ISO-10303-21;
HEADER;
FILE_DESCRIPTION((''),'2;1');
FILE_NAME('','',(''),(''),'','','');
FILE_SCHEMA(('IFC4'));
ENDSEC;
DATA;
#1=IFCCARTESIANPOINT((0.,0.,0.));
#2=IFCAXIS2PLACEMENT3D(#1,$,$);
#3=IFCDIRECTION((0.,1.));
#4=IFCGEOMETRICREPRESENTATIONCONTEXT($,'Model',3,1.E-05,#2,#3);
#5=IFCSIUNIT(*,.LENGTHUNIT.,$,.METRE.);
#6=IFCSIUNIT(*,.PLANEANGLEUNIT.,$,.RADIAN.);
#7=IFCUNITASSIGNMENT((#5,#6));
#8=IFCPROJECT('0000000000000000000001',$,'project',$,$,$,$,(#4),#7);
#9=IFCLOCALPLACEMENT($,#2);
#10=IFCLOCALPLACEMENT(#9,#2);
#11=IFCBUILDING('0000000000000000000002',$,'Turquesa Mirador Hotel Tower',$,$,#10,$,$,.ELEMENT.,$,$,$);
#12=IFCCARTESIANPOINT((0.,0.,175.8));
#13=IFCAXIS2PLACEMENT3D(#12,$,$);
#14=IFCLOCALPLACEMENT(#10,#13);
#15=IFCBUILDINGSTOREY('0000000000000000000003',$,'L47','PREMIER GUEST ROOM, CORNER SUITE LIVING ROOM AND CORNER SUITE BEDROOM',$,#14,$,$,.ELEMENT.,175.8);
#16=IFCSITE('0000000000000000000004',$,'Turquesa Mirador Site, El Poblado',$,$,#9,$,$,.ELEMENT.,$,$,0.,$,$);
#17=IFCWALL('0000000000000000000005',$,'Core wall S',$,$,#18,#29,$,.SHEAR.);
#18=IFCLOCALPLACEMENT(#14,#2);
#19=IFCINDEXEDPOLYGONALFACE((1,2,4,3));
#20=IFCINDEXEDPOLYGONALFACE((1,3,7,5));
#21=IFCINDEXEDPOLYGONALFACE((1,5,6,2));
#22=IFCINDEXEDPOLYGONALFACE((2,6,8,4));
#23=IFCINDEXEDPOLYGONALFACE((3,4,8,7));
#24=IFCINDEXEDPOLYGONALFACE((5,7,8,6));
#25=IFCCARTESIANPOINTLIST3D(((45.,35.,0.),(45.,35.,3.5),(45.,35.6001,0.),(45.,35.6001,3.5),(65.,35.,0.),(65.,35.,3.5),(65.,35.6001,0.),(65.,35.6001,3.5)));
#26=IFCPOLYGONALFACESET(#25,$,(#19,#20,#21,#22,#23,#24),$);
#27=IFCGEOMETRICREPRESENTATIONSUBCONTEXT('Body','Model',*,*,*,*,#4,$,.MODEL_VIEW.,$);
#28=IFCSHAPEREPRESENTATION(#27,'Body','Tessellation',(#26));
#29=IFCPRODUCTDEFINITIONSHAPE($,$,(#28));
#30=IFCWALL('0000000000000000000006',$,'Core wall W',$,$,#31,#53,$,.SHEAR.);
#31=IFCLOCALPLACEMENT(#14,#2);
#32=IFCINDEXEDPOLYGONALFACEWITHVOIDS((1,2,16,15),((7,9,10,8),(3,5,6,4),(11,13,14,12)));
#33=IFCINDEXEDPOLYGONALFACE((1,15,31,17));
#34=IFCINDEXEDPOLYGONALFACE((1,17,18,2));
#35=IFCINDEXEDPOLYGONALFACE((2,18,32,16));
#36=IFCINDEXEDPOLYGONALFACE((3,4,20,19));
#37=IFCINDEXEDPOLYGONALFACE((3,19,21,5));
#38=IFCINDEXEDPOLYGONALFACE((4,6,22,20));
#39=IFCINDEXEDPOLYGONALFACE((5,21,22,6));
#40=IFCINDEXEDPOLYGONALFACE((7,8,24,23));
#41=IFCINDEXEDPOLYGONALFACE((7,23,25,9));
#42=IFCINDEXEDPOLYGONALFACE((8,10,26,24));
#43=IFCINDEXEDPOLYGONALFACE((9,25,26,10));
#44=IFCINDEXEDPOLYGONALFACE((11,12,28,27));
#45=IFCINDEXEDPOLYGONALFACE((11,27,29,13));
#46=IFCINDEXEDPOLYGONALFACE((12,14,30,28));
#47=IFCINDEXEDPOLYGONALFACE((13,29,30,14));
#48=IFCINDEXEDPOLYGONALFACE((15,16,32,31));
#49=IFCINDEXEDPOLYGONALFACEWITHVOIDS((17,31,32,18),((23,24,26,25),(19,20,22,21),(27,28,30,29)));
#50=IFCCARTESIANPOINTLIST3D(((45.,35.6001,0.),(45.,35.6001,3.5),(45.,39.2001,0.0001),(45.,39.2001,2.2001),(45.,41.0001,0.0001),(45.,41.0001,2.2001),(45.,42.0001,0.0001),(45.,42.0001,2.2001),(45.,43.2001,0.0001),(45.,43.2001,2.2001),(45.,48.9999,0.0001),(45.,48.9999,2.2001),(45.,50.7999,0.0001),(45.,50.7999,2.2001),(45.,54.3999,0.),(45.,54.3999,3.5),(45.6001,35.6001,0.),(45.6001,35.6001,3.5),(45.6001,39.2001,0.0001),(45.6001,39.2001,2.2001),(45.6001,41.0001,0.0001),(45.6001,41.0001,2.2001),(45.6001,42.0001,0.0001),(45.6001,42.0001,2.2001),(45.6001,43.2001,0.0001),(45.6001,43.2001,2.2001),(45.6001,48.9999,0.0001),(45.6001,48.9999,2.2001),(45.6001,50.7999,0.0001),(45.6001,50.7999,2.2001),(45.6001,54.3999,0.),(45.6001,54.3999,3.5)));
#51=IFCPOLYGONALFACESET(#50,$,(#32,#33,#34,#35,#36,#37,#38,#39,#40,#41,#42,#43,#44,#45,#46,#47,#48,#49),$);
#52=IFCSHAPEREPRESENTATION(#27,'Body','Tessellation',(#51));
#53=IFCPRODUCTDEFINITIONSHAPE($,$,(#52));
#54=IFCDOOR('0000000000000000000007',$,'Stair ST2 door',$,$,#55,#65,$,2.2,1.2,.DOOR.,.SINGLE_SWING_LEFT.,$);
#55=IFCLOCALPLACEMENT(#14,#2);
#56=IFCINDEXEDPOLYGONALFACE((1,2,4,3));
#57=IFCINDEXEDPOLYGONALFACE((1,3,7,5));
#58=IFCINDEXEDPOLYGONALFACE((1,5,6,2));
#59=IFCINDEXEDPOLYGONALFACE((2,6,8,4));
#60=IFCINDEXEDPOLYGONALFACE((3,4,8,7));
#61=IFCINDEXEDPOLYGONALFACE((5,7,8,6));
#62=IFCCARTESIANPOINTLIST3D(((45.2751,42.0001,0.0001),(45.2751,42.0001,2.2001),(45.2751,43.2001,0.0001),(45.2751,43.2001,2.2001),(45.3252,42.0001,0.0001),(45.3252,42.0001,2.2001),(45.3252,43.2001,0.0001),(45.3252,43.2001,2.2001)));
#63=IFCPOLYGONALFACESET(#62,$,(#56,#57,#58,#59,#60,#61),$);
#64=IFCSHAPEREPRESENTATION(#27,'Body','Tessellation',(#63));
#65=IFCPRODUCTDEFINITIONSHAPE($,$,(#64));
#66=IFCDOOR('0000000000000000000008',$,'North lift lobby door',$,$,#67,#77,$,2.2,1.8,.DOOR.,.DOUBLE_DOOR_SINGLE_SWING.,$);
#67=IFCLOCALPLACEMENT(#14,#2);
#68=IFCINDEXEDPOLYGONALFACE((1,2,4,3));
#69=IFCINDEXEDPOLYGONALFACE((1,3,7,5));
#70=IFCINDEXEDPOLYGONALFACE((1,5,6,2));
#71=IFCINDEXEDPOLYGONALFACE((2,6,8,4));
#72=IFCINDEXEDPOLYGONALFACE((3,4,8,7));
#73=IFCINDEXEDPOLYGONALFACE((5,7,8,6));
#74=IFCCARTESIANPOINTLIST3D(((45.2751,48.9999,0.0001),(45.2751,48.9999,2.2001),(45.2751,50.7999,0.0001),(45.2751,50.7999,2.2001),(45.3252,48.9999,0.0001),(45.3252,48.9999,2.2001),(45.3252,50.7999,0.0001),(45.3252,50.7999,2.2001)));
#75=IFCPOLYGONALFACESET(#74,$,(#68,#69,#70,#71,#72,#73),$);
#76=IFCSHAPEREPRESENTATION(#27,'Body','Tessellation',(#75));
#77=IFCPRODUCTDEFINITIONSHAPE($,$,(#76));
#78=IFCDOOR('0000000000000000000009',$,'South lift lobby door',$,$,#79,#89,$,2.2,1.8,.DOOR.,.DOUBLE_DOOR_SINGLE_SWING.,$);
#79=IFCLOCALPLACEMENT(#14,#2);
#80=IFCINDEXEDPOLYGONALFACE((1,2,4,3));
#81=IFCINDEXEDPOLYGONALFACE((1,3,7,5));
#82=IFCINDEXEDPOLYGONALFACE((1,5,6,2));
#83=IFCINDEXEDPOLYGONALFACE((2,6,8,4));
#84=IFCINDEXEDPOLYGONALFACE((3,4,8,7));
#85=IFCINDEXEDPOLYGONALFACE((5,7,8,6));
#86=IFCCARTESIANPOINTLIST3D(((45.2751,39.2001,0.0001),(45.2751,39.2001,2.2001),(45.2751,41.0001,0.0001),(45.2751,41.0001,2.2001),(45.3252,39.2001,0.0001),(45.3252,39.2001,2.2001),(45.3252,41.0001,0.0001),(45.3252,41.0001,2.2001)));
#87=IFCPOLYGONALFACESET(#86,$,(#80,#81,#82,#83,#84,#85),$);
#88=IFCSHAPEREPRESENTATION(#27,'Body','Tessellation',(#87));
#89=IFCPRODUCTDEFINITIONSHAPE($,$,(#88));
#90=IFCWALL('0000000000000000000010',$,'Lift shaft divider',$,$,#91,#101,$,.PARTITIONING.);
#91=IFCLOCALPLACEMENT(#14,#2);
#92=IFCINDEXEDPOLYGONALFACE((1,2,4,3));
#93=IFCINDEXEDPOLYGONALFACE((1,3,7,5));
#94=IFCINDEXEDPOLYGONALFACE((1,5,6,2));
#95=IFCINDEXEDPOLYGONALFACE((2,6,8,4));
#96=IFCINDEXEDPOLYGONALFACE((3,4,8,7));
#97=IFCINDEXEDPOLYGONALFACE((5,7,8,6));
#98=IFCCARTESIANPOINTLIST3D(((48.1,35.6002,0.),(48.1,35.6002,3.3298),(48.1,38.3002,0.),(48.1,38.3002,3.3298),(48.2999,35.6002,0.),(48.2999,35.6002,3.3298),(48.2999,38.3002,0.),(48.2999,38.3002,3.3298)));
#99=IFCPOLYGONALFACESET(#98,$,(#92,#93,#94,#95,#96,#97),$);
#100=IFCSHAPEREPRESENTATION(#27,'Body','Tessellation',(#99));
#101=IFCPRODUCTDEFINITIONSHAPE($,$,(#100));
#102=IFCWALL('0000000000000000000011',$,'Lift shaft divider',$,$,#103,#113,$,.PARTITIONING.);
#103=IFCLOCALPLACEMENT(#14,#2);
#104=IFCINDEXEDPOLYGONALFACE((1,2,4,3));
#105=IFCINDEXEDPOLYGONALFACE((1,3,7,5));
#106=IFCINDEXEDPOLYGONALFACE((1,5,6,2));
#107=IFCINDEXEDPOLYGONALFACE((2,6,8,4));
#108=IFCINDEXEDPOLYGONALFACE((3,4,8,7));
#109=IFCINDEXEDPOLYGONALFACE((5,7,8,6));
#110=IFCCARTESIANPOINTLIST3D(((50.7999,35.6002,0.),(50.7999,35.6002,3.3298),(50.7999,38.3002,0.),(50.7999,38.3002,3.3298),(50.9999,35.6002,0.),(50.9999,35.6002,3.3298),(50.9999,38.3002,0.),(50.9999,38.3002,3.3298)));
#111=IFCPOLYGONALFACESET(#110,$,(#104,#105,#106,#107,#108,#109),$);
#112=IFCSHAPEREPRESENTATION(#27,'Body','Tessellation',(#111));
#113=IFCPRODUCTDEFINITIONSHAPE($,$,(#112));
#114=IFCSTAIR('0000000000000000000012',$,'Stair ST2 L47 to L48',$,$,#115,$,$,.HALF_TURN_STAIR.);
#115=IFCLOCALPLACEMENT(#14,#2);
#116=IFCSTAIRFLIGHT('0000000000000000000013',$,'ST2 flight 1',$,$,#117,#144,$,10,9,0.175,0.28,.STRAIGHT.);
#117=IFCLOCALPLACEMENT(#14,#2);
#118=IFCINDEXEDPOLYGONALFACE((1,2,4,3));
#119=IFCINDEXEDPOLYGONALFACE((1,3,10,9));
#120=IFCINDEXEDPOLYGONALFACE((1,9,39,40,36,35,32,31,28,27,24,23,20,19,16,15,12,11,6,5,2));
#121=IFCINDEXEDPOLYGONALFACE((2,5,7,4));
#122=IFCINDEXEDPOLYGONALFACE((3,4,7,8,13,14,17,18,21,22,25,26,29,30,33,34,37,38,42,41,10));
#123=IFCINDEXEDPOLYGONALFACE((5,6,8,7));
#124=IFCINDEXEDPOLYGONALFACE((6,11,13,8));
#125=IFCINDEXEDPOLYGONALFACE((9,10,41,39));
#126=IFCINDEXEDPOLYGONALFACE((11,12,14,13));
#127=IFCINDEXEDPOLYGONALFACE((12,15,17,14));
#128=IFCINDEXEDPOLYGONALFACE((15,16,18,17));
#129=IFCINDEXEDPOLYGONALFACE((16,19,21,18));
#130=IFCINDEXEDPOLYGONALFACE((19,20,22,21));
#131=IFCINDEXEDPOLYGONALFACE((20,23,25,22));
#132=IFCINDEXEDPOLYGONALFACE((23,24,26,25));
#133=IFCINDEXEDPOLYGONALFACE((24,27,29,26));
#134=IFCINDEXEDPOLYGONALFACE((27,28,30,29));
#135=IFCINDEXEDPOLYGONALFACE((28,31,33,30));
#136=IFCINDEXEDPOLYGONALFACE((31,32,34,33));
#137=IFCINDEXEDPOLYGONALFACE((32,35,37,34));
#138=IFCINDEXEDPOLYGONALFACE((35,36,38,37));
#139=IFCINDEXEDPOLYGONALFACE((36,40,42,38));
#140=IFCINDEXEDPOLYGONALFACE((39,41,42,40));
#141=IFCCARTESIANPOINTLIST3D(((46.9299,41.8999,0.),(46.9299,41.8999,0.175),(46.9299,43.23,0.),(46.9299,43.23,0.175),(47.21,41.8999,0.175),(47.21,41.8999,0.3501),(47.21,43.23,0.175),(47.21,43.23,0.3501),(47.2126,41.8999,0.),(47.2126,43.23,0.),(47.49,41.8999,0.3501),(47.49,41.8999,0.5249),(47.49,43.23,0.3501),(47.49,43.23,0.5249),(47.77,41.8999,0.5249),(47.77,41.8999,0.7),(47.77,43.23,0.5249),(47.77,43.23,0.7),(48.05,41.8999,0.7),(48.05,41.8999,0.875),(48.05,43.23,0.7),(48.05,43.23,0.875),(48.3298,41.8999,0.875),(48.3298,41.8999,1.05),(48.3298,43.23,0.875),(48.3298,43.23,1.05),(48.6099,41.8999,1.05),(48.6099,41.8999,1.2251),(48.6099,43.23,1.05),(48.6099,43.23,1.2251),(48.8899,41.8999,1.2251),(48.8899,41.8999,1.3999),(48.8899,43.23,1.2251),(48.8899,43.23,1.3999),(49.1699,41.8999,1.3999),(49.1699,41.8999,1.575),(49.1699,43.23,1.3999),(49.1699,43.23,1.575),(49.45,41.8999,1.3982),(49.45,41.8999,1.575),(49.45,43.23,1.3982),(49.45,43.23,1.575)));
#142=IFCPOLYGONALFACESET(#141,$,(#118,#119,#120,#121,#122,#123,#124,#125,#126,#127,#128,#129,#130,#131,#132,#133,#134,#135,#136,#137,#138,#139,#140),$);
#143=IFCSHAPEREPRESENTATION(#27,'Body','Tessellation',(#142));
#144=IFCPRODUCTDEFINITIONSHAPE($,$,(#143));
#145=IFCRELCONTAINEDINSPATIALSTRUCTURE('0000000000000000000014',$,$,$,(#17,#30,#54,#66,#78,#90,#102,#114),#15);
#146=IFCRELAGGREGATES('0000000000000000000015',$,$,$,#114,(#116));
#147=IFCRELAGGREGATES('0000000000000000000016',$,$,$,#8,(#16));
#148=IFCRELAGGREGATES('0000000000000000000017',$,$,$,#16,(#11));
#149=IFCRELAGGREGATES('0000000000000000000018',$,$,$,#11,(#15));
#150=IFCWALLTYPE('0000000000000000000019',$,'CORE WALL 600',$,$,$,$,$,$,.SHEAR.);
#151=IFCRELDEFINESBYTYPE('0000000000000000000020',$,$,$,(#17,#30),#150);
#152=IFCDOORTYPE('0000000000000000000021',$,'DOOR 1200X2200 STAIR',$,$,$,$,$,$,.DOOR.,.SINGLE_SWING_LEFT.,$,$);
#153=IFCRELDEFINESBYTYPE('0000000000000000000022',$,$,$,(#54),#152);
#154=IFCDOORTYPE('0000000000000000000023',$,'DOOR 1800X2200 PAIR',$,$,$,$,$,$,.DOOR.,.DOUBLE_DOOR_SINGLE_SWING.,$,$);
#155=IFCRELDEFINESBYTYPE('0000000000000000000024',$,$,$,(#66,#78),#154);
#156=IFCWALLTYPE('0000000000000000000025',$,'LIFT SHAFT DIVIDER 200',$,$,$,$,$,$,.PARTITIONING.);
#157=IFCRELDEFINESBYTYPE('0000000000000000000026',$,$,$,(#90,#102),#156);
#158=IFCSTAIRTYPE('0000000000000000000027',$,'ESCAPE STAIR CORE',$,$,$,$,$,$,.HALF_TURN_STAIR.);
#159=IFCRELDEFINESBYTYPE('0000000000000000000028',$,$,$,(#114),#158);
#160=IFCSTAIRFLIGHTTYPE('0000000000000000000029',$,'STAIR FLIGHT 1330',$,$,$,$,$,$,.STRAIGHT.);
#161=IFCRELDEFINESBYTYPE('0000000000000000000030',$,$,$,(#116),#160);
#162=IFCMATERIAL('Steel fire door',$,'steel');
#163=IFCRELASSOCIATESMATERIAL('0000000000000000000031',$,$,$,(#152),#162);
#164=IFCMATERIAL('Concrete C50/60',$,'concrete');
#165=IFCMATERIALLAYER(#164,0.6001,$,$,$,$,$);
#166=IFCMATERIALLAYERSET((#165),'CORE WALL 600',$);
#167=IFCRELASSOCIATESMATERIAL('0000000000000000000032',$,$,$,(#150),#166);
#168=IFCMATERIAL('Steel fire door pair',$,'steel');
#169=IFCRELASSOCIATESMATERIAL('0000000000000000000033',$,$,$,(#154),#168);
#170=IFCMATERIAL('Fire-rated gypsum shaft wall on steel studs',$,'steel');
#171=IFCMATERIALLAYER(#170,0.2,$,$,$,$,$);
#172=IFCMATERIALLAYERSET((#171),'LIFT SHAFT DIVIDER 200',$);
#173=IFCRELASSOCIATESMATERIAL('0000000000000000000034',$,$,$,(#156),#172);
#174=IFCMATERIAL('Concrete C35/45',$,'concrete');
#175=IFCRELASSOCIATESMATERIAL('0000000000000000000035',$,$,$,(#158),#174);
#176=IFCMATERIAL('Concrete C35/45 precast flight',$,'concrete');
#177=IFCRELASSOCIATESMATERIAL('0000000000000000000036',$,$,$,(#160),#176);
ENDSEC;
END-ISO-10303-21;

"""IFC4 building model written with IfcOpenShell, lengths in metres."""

from ifc_helpers import new_model, si_unit, direction, frame, frame_2d, origin, place, context, subcontext, project, spatial, polyline, rectangle, outline, extrude, material, layer, layer_set, type_object, element, fill, aggregate, save


model = new_model("IFC4")

# Units and contexts
model_context = context("Model", 3, precision=1e-05, world=origin(), true_north=direction((0.0, 1.0)))
body_context = subcontext(model_context, "Body", "Model", "MODEL_VIEW")
ifc_project = project(units=[si_unit("LENGTHUNIT", "METRE"), si_unit("PLANEANGLEUNIT", "RADIAN")], contexts=[model_context])

# Site, building, storey
site_placement = place(None, origin())
site = spatial("IfcSite", under=ifc_project, at=site_placement, Name="Turquesa Mirador Site, El Poblado", CompositionType="ELEMENT", RefElevation=0.0)
building_placement = place(site_placement, origin())
building = spatial("IfcBuilding", under=site, at=building_placement, Name="Turquesa Mirador Hotel Tower", CompositionType="ELEMENT")
storey_placement = place(building_placement, frame((0.0, 0.0, 175.8)))
storey = spatial("IfcBuildingStorey", under=building, at=storey_placement, Name="L47", Description="PREMIER GUEST ROOM, CORNER SUITE LIVING ROOM AND CORNER SUITE BEDROOM", CompositionType="ELEMENT", Elevation=175.8)

# Shared definitions
ifc_material_1 = material(Name="Steel fire door", Category="steel")
door_type_1 = type_object("IfcDoorType", Name="DOOR 1200X2200 STAIR", OperationType="SINGLE_SWING_LEFT", PredefinedType="DOOR", material=ifc_material_1)

# Wall
ifc_material_2 = material(Name="Concrete C50/60", Category="concrete")
ifc_layer_1 = layer(ifc_material_2, 0.6001)
ifc_layer_set_1 = layer_set([ifc_layer_1], Name="CORE WALL 600")
wall_type_1 = type_object("IfcWallType", Name="CORE WALL 600", PredefinedType="SHEAR", material=ifc_layer_set_1)
wall_1_placement = place(storey_placement, frame((45.0, 35.3, 0.0), z_axis=(0.0, 0.0, 1.0), x_axis=(1.0, 0.0, 0.0)))
element("IfcWall", 1, at=wall_1_placement, inside=storey, type_object=wall_type_1, Name="Core wall S", PredefinedType="SHEAR", context=body_context, shape_type="SweptSolid", body=[
    extrude(rectangle(XDim=20.0, YDim=0.6001, at=frame_2d((10.0, 0.0))), origin(), (0.0, 0.0, 1.0), 3.5),
])

# Wall, openings, doors
wall_2_placement = place(storey_placement, frame((45.3, 35.6001, 0.0), z_axis=(0.0, 0.0, 1.0), x_axis=(0.0, 1.0, 0.0)))
wall_2 = element("IfcWall", 2, at=wall_2_placement, inside=storey, type_object=wall_type_1, Name="Core wall W", PredefinedType="SHEAR", context=body_context, shape_type="SweptSolid", body=[
    extrude(rectangle(XDim=18.7998, YDim=0.6001, at=frame_2d((9.3999, 0.0))), origin(), (0.0, 0.0, 1.0), 3.5),
])
opening_1_placement = place(wall_2_placement, frame((13.3999, 0.0, 0.0)))
opening_1 = element("IfcOpeningElement", 3, at=opening_1_placement, cuts=wall_2, PredefinedType="OPENING", context=body_context, shape_type="SweptSolid", body=[
    extrude(rectangle(XDim=1.8, YDim=2.2, at=frame_2d((0.8999, 1.1001))), frame((0.0, 0.3101, 0.0), z_axis=(0.0, -1.0, 0.0), x_axis=(1.0, 0.0, 0.0)), (0.0, 0.0, 1.0), 0.6201),
])
opening_2_placement = place(wall_2_placement, frame((3.6001, 0.0, 0.0)))
opening_2 = element("IfcOpeningElement", 4, at=opening_2_placement, cuts=wall_2, PredefinedType="OPENING", context=body_context, shape_type="SweptSolid", body=[
    extrude(rectangle(XDim=1.8, YDim=2.2, at=frame_2d((0.8999, 1.1001))), frame((0.0, 0.3101, 0.0), z_axis=(0.0, -1.0, 0.0), x_axis=(1.0, 0.0, 0.0)), (0.0, 0.0, 1.0), 0.6201),
])
opening_3_placement = place(wall_2_placement, frame((6.3999, 0.0, 0.0)))
opening_3 = element("IfcOpeningElement", 5, at=opening_3_placement, cuts=wall_2, PredefinedType="OPENING", context=body_context, shape_type="SweptSolid", body=[
    extrude(rectangle(XDim=1.2, YDim=2.2, at=frame_2d((0.6001, 1.1001))), frame((0.0, 0.3101, 0.0), z_axis=(0.0, -1.0, 0.0), x_axis=(1.0, 0.0, 0.0)), (0.0, 0.0, 1.0), 0.6201),
])
door_1_placement = place(opening_3_placement, origin())
door_1 = element("IfcDoor", 6, at=door_1_placement, inside=storey, type_object=door_type_1, Name="Stair ST2 door", OperationType="SINGLE_SWING_LEFT", OverallHeight=2.2, OverallWidth=1.2, PredefinedType="DOOR", context=body_context, shape_type="SweptSolid", body=[
    extrude(rectangle(XDim=1.2, YDim=2.2, at=frame_2d((0.6001, 1.1001))), frame((0.0, 0.0249, 0.0), z_axis=(0.0, -1.0, 0.0), x_axis=(1.0, 0.0, 0.0)), (0.0, 0.0, 1.0), 0.05),
])
fill(opening_3, door_1)
ifc_material_3 = material(Name="Steel fire door pair", Category="steel")
door_type_2 = type_object("IfcDoorType", Name="DOOR 1800X2200 PAIR", OperationType="DOUBLE_DOOR_SINGLE_SWING", PredefinedType="DOOR", material=ifc_material_3)
door_2_placement = place(opening_1_placement, origin())
door_2 = element("IfcDoor", 7, at=door_2_placement, inside=storey, type_object=door_type_2, Name="North lift lobby door", OperationType="DOUBLE_DOOR_SINGLE_SWING", OverallHeight=2.2, OverallWidth=1.8, PredefinedType="DOOR", context=body_context, shape_type="SweptSolid", body=[
    extrude(rectangle(XDim=1.8, YDim=2.2, at=frame_2d((0.8999, 1.1001))), frame((0.0, 0.0249, 0.0), z_axis=(0.0, -1.0, 0.0), x_axis=(1.0, 0.0, 0.0)), (0.0, 0.0, 1.0), 0.05),
])
fill(opening_1, door_2)
door_3_placement = place(opening_2_placement, origin())
door_3 = element("IfcDoor", 8, at=door_3_placement, inside=storey, type_object=door_type_2, Name="South lift lobby door", OperationType="DOUBLE_DOOR_SINGLE_SWING", OverallHeight=2.2, OverallWidth=1.8, PredefinedType="DOOR", context=body_context, shape_type="SweptSolid", body=[
    extrude(rectangle(XDim=1.8, YDim=2.2, at=frame_2d((0.8999, 1.1001))), frame((0.0, 0.0249, 0.0), z_axis=(0.0, -1.0, 0.0), x_axis=(1.0, 0.0, 0.0)), (0.0, 0.0, 1.0), 0.05),
])
fill(opening_2, door_3)

# Walls
ifc_material_4 = material(Name="Fire-rated gypsum shaft wall on steel studs", Category="steel")
ifc_layer_2 = layer(ifc_material_4, 0.2)
ifc_layer_set_2 = layer_set([ifc_layer_2], Name="LIFT SHAFT DIVIDER 200")
wall_type_2 = type_object("IfcWallType", Name="LIFT SHAFT DIVIDER 200", PredefinedType="PARTITIONING", material=ifc_layer_set_2)
for number, where, z_axis, x_axis, name in (
    (9, (48.2, 35.6001, 0.0), (0.0, 0.0, 1.0), (0.0, 1.0, 0.0), "Lift shaft divider"),
    (10, (50.8999, 35.6001, 0.0), (0.0, 0.0, 1.0), (0.0, 1.0, 0.0), "Lift shaft divider"),
):
    element("IfcWall", number, at=place(storey_placement, frame(where, z_axis=z_axis, x_axis=x_axis)), inside=storey, type_object=wall_type_2, Name=name, PredefinedType="PARTITIONING", context=body_context, shape_type="SweptSolid", body=[
        extrude(rectangle(XDim=2.7, YDim=0.2, at=frame_2d((1.3501, 0.0))), origin(), (0.0, 0.0, 1.0), 3.3298),
    ])

# Stair, stair flight
ifc_material_5 = material(Name="Concrete C35/45", Category="concrete")
stair_type = type_object("IfcStairType", Name="ESCAPE STAIR CORE", PredefinedType="HALF_TURN_STAIR", material=ifc_material_5)
stair_placement = place(storey_placement, origin())
stair = element("IfcStair", 11, at=stair_placement, inside=storey, type_object=stair_type, Name="Stair ST2 L47 to L48", PredefinedType="HALF_TURN_STAIR")
ifc_material_6 = material(Name="Concrete C35/45 precast flight", Category="concrete")
stair_flight_type = type_object("IfcStairFlightType", Name="STAIR FLIGHT 1330", PredefinedType="STRAIGHT", material=ifc_material_6)
stair_flight_placement = place(storey_placement, frame((46.9299, 42.5649, 0.0), z_axis=(0.0, 0.0, 1.0), x_axis=(1.0, 0.0, 0.0)))
stair_flight = element("IfcStairFlight", 12, at=stair_flight_placement, type_object=stair_flight_type, Name="ST2 flight 1", NumberOfRisers=10, NumberOfTreads=9, PredefinedType="STRAIGHT", RiserHeight=0.175, TreadLength=0.28, context=body_context, shape_type="SweptSolid", body=[
    extrude(outline(polyline([(0.0, 0.0), (0.0, 0.175), (0.28, 0.175), (0.28, 0.3501), (0.5601, 0.3501), (0.5601, 0.5249), (0.8401, 0.5249), (0.8401, 0.7), (1.1201, 0.7), (1.1201, 0.875), (1.3999, 0.875), (1.3999, 1.05), (1.6799, 1.05), (1.6799, 1.2251), (1.96, 1.2251), (1.96, 1.3999), (2.24, 1.3999), (2.24, 1.575), (2.52, 1.575), (2.52, 1.75), (2.52, 1.3982), (0.2827, 0.0), (0.0, 0.0)])), frame((0.0, 0.665, 0.0), z_axis=(0.0, -1.0, 0.0), x_axis=(1.0, 0.0, 0.0)), (0.0, 0.0, 1.0), 1.3301),
])
aggregate(stair, [stair_flight])

save(model, "model.ifc")
